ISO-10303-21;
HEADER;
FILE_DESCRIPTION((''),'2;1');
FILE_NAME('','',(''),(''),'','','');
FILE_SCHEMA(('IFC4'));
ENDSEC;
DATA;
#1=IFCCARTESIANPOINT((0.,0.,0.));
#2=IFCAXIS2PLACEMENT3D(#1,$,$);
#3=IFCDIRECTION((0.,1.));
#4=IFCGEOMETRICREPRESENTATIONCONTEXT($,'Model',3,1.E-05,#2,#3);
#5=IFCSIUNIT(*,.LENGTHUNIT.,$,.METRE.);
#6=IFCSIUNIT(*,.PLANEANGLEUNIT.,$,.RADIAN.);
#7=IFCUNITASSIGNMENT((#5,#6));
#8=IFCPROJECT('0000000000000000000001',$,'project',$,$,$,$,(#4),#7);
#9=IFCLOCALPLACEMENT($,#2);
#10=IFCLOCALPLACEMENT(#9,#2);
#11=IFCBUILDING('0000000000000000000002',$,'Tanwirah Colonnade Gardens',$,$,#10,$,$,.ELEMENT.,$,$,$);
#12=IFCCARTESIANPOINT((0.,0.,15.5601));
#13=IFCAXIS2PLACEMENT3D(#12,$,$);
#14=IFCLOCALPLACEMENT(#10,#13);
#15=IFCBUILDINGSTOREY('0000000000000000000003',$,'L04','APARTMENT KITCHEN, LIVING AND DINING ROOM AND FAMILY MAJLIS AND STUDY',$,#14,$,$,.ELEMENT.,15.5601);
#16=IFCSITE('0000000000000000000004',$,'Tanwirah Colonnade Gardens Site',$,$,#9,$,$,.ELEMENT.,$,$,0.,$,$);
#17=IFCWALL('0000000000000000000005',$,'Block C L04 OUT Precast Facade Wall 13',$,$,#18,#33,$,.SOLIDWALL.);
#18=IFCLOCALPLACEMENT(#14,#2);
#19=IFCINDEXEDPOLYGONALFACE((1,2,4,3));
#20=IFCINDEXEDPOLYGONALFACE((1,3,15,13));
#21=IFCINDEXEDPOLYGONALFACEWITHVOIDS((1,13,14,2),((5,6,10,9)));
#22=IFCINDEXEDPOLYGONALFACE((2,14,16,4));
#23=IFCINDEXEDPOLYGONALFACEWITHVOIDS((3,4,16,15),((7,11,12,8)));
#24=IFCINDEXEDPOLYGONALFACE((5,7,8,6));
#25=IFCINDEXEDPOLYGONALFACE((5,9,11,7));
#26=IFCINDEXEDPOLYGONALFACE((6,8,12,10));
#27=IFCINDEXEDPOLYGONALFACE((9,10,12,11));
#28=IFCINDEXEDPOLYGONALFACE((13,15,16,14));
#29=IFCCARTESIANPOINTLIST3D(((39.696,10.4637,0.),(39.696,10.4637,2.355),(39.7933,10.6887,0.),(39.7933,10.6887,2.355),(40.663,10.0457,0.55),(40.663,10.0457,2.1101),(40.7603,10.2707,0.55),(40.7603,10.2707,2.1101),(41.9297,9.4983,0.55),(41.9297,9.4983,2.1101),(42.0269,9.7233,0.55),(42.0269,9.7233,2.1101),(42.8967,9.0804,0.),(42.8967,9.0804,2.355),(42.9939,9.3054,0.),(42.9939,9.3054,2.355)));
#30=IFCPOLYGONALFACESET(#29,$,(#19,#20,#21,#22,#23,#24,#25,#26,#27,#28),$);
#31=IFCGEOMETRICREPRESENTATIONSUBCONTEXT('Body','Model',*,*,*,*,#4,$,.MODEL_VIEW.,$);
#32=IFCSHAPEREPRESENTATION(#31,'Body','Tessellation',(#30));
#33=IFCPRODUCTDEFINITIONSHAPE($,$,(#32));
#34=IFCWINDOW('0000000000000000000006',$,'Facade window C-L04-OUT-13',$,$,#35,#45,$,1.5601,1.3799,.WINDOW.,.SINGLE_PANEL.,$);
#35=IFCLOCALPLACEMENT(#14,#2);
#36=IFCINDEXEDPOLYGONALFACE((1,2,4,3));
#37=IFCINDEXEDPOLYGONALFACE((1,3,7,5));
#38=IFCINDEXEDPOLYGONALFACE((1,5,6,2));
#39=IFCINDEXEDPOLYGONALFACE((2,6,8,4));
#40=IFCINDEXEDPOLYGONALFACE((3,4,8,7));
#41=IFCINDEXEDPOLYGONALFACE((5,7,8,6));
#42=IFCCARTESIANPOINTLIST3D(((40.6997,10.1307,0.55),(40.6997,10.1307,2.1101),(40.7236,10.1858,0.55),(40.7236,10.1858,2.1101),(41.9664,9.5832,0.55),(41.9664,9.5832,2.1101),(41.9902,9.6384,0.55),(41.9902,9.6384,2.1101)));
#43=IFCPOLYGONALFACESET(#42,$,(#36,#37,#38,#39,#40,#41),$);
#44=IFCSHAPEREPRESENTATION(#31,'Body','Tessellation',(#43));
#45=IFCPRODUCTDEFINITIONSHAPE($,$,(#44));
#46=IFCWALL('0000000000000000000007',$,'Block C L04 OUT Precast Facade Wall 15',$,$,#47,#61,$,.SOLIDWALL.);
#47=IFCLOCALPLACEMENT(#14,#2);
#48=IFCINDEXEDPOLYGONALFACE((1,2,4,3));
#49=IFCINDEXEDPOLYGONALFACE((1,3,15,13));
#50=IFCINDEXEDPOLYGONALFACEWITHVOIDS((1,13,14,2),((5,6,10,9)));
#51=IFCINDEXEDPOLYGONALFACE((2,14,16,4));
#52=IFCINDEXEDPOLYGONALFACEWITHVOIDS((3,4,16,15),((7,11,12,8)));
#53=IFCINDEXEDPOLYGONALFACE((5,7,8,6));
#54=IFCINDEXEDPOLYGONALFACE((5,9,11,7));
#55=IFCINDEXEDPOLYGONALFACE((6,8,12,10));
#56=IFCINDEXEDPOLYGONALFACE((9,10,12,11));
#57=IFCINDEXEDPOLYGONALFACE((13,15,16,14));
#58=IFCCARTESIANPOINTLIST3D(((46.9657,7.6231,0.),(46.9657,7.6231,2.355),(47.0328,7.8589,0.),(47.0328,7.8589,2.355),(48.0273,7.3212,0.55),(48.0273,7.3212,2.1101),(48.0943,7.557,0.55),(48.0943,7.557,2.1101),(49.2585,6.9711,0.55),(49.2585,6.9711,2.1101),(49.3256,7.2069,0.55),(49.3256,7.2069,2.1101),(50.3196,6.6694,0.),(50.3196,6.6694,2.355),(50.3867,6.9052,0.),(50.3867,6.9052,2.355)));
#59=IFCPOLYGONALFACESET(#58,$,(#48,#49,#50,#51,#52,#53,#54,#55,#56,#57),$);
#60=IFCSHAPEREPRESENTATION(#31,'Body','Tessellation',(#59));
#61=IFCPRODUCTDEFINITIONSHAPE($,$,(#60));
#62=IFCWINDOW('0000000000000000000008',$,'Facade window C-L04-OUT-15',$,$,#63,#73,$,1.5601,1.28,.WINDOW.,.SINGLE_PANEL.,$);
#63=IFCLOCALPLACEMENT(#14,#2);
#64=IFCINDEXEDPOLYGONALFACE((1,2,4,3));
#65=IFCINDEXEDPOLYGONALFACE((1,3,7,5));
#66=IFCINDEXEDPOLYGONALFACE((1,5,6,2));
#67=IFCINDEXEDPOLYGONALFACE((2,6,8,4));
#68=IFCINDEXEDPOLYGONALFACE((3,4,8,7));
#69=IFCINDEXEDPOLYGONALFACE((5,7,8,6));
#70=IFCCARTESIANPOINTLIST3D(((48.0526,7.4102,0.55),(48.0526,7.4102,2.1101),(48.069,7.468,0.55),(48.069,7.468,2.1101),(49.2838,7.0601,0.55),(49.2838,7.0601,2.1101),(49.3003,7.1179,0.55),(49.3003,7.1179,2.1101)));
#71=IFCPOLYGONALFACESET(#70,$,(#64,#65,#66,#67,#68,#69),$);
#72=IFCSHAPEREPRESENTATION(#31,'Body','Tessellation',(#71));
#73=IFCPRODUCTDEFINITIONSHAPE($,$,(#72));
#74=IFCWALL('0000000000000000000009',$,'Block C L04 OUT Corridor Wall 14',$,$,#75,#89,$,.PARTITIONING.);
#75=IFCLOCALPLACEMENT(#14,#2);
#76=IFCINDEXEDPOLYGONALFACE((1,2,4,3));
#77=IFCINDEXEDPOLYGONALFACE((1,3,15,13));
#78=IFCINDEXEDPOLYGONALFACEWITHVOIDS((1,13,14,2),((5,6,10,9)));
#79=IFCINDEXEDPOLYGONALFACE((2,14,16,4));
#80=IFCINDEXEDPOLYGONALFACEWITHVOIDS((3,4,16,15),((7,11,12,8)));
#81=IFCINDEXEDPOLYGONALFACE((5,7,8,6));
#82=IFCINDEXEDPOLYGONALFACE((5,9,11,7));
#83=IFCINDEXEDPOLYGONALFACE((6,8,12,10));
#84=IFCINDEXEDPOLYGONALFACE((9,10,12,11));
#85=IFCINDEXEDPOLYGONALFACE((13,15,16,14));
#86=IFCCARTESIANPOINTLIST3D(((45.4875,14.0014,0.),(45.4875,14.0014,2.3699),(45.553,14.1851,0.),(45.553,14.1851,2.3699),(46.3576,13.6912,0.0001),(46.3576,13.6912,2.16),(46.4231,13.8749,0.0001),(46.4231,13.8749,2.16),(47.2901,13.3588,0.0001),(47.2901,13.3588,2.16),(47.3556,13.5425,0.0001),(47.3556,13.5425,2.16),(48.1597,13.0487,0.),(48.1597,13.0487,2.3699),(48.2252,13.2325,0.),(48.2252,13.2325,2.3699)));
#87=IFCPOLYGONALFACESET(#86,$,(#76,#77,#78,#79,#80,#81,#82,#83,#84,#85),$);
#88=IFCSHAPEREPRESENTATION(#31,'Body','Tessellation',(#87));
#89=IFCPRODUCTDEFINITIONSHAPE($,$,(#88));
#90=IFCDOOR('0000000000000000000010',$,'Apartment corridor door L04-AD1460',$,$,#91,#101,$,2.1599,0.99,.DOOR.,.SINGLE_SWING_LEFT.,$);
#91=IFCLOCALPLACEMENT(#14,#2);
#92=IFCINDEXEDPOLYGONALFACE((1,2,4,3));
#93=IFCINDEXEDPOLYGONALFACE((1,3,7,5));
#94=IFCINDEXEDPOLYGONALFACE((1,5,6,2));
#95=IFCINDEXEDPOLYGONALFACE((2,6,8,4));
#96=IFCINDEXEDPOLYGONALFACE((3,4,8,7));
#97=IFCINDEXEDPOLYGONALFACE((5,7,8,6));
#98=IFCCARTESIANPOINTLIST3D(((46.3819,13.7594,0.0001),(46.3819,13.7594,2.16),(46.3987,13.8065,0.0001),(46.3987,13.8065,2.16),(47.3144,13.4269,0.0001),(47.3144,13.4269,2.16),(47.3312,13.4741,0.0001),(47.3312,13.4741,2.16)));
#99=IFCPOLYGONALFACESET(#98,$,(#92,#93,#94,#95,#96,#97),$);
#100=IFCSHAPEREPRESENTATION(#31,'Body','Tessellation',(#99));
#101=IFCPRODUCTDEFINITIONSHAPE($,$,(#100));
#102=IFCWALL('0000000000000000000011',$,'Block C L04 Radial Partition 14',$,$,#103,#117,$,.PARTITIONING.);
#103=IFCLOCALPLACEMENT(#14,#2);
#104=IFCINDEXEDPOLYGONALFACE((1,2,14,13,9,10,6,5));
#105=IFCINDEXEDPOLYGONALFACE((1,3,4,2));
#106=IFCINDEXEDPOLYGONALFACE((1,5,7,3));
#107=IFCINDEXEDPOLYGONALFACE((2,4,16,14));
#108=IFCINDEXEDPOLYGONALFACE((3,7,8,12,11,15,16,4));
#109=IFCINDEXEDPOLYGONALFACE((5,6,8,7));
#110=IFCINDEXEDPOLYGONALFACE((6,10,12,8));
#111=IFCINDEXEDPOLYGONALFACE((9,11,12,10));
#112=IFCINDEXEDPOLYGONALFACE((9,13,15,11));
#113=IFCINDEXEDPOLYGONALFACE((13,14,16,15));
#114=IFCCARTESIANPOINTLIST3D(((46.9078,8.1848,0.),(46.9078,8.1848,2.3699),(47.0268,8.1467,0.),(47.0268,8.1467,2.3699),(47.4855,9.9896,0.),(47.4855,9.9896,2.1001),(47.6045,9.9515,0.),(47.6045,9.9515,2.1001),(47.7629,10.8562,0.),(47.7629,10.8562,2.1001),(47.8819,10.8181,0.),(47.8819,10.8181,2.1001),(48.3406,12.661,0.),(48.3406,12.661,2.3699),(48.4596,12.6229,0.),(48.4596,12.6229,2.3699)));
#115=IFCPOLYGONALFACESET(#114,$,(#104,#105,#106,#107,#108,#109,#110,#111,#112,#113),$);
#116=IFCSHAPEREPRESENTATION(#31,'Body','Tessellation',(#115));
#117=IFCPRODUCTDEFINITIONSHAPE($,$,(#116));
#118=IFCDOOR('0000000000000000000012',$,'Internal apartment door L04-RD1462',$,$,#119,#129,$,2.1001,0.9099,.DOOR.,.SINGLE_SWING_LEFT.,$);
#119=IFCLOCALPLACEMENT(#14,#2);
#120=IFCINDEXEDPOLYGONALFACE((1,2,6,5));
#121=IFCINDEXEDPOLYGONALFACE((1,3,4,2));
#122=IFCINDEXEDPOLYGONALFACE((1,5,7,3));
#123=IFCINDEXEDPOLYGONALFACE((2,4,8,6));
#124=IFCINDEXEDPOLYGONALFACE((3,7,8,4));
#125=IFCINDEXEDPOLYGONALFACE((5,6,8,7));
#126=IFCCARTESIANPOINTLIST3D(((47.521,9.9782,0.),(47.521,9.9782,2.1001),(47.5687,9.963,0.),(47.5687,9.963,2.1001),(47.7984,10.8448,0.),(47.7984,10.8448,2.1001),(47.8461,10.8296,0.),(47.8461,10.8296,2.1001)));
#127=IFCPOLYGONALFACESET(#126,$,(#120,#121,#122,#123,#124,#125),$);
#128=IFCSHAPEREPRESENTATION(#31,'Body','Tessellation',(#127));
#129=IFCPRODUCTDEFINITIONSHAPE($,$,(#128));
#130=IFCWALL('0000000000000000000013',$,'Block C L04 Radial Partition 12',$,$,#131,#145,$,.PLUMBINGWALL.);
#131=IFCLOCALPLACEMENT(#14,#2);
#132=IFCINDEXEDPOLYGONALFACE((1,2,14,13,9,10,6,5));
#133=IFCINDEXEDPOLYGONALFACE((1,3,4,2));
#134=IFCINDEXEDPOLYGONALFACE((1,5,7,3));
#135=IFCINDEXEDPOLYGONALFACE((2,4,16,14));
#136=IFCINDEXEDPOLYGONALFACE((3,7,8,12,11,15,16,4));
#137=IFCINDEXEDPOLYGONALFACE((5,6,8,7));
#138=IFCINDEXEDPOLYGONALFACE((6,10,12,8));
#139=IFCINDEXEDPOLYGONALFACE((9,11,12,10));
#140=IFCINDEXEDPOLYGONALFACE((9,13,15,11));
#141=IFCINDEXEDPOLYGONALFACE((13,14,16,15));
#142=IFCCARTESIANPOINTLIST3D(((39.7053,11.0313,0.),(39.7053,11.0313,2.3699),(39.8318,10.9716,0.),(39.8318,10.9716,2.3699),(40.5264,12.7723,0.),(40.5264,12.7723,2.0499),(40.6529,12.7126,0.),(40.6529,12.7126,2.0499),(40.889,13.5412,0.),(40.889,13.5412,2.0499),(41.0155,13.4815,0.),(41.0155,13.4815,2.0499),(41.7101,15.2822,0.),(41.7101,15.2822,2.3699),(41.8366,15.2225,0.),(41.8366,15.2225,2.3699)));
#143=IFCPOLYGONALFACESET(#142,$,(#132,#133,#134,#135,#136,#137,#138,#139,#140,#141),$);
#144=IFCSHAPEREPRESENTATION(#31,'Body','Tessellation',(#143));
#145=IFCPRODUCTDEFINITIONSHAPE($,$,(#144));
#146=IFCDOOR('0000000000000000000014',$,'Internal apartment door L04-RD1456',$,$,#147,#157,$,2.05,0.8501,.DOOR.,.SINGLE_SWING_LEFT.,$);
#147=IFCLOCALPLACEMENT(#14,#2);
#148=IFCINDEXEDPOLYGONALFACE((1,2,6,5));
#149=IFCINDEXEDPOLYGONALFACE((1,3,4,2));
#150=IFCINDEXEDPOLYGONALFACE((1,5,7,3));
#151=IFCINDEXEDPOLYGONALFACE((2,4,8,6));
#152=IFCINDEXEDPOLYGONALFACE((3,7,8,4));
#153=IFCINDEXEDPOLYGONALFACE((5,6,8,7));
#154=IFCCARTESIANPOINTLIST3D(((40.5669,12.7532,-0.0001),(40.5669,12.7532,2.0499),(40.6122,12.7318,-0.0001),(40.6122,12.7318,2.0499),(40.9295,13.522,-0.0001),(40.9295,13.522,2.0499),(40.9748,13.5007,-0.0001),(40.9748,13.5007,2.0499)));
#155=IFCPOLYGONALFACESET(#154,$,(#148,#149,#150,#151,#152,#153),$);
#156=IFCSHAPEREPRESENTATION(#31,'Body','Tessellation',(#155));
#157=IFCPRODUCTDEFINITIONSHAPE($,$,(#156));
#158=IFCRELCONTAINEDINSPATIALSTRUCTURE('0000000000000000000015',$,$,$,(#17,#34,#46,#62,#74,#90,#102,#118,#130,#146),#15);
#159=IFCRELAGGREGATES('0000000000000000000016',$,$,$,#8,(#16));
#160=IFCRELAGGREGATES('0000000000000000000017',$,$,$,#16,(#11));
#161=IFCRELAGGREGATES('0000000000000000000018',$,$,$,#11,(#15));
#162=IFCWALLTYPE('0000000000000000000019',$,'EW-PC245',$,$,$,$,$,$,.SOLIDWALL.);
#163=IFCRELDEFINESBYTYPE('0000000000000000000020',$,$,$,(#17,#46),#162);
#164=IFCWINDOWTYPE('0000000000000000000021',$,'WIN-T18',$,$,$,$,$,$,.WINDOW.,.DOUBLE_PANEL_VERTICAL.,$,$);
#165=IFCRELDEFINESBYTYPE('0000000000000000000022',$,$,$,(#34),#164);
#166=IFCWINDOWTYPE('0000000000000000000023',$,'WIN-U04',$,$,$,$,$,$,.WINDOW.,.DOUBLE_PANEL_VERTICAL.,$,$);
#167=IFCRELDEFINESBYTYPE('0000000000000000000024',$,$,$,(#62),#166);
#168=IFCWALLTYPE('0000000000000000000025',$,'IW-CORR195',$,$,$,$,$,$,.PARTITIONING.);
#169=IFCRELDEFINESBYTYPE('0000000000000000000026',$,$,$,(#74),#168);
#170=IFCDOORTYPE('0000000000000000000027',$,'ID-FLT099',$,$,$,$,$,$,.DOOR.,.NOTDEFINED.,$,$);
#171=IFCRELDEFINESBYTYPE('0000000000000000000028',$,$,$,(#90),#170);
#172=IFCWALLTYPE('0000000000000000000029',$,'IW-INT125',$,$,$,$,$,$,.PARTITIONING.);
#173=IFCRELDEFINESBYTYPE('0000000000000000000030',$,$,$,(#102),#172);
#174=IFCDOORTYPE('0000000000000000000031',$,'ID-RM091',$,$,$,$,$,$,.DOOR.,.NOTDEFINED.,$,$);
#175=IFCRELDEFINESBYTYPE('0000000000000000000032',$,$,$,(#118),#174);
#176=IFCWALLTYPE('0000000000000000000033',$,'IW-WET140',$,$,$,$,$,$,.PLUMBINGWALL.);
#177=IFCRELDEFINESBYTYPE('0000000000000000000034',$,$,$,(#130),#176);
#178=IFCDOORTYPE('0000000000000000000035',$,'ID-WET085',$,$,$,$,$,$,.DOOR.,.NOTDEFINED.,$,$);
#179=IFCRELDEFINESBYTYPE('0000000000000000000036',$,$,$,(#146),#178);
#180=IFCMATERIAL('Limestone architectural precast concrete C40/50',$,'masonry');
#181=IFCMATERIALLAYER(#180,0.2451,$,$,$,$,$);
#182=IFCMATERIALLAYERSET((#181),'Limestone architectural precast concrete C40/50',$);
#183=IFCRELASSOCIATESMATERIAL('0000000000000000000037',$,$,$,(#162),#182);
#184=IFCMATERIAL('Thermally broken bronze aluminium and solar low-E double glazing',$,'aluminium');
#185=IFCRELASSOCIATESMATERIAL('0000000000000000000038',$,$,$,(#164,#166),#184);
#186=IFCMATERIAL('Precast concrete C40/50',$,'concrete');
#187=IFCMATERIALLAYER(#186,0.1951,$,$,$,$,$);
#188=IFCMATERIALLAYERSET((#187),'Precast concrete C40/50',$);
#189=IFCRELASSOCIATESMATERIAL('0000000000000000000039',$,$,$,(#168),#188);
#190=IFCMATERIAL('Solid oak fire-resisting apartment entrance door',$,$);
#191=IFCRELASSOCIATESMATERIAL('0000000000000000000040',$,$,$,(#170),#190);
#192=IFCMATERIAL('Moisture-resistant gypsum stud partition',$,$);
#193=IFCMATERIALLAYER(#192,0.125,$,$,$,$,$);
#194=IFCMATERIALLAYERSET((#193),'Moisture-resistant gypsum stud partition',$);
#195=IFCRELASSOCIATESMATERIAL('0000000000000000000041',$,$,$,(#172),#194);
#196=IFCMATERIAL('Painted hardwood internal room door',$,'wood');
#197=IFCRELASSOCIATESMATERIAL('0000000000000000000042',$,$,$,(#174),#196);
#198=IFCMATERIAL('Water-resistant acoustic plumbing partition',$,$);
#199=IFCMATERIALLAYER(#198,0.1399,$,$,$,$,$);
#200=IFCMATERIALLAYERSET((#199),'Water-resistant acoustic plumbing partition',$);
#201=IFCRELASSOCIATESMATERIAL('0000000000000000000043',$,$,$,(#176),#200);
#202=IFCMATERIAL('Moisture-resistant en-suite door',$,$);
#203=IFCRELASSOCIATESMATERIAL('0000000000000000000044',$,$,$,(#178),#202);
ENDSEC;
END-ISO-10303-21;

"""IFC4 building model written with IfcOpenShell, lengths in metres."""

from ifc_helpers import new_model, si_unit, direction, frame, frame_2d, origin, place, context, subcontext, project, spatial, rectangle, extrude, material, layer, layer_set, type_object, element, fill, save


model = new_model("IFC4")

# Units and contexts
model_context = context("Model", 3, precision=1e-05, world=origin(), true_north=direction((0.0, 1.0)))
body_context = subcontext(model_context, "Body", "Model", "MODEL_VIEW")
ifc_project = project(units=[si_unit("LENGTHUNIT", "METRE"), si_unit("PLANEANGLEUNIT", "RADIAN")], contexts=[model_context])

# Site, building, storey
site_placement = place(None, origin())
site = spatial("IfcSite", under=ifc_project, at=site_placement, Name="Tanwirah Colonnade Gardens Site", CompositionType="ELEMENT", RefElevation=0.0)
building_placement = place(site_placement, origin())
building = spatial("IfcBuilding", under=site, at=building_placement, Name="Tanwirah Colonnade Gardens", CompositionType="ELEMENT")
storey_placement = place(building_placement, frame((0.0, 0.0, 15.5601)))
storey = spatial("IfcBuildingStorey", under=building, at=storey_placement, Name="L04", Description="APARTMENT KITCHEN, LIVING AND DINING ROOM AND FAMILY MAJLIS AND STUDY", CompositionType="ELEMENT", Elevation=15.5601)

# Shared definitions
ifc_material_1 = material(Name="Precast concrete C40/50", Category="concrete")

# Wall, opening, window
ifc_material_2 = material(Name="Limestone architectural precast concrete C40/50", Category="masonry")
ifc_layer_1 = layer(ifc_material_2, 0.2451)
ifc_layer_set_1 = layer_set([ifc_layer_1], Name="Limestone architectural precast concrete C40/50")
wall_type_1 = type_object("IfcWallType", Name="EW-PC245", PredefinedType="SOLIDWALL", material=ifc_layer_set_1)
wall_1_placement = place(storey_placement, frame((39.7446, 10.5762, 0.0), z_axis=(0.0, 0.0, 1.0), x_axis=(0.917938, -0.396723, 0.0)))
wall_1 = element("IfcWall", 1, at=wall_1_placement, inside=storey, type_object=wall_type_1, Name="Block C L04 OUT Precast Facade Wall 13", PredefinedType="SOLIDWALL", context=body_context, shape_type="SweptSolid", body=[
    extrude(rectangle(XDim=3.4868, YDim=0.2451, at=frame_2d((1.7434, 0.0))), origin(), (0.0, 0.0, 1.0), 2.355),
])
opening_1_placement = place(wall_1_placement, frame((1.0535, 0.0, 0.55)))
opening_1 = element("IfcOpeningElement", 2, at=opening_1_placement, cuts=wall_1, PredefinedType="OPENING", context=body_context, shape_type="SweptSolid", body=[
    extrude(rectangle(XDim=1.3799, YDim=1.5601, at=frame_2d((0.6899, 0.78))), frame((0.0, 0.1326, 0.0), z_axis=(0.0, -1.0, 0.0), x_axis=(1.0, 0.0, 0.0)), (0.0, 0.0, 1.0), 0.2651),
])
ifc_material_3 = material(Name="Thermally broken bronze aluminium and solar low-E double glazing", Category="aluminium")
window_type_1 = type_object("IfcWindowType", Name="WIN-T18", PartitioningType="DOUBLE_PANEL_VERTICAL", PredefinedType="WINDOW", material=ifc_material_3)
window_1_placement = place(opening_1_placement, origin())
window_1 = element("IfcWindow", 3, at=window_1_placement, inside=storey, type_object=window_type_1, Name="Facade window C-L04-OUT-13", OverallHeight=1.5601, OverallWidth=1.3799, PartitioningType="SINGLE_PANEL", PredefinedType="WINDOW", context=body_context, shape_type="SweptSolid", body=[
    extrude(rectangle(XDim=1.3799, YDim=1.5601, at=frame_2d((0.6899, 0.78))), frame((0.0, 0.03, 0.0), z_axis=(0.0, -1.0, 0.0), x_axis=(1.0, 0.0, 0.0)), (0.0, 0.0, 1.0), 0.0601),
])
fill(opening_1, window_1)

# Wall, opening, window
wall_2_placement = place(storey_placement, frame((46.9993, 7.741, 0.0), z_axis=(0.0, 0.0, 1.0), x_axis=(0.961872, -0.2735, 0.0)))
wall_2 = element("IfcWall", 4, at=wall_2_placement, inside=storey, type_object=wall_type_1, Name="Block C L04 OUT Precast Facade Wall 15", PredefinedType="SOLIDWALL", context=body_context, shape_type="SweptSolid", body=[
    extrude(rectangle(XDim=3.4868, YDim=0.2451, at=frame_2d((1.7434, 0.0))), origin(), (0.0, 0.0, 1.0), 2.355),
])
opening_2_placement = place(wall_2_placement, frame((1.1035, 0.0, 0.55)))
opening_2 = element("IfcOpeningElement", 5, at=opening_2_placement, cuts=wall_2, PredefinedType="OPENING", context=body_context, shape_type="SweptSolid", body=[
    extrude(rectangle(XDim=1.28, YDim=1.5601, at=frame_2d((0.6401, 0.78))), frame((0.0, 0.1326, 0.0), z_axis=(0.0, -1.0, 0.0), x_axis=(1.0, 0.0, 0.0)), (0.0, 0.0, 1.0), 0.2651),
])
window_type_2 = type_object("IfcWindowType", Name="WIN-U04", PartitioningType="DOUBLE_PANEL_VERTICAL", PredefinedType="WINDOW", material=ifc_material_3)
window_2_placement = place(opening_2_placement, origin())
window_2 = element("IfcWindow", 6, at=window_2_placement, inside=storey, type_object=window_type_2, Name="Facade window C-L04-OUT-15", OverallHeight=1.5601, OverallWidth=1.28, PartitioningType="SINGLE_PANEL", PredefinedType="WINDOW", context=body_context, shape_type="SweptSolid", body=[
    extrude(rectangle(XDim=1.28, YDim=1.5601, at=frame_2d((0.6401, 0.78))), frame((0.0, 0.03, 0.0), z_axis=(0.0, -1.0, 0.0), x_axis=(1.0, 0.0, 0.0)), (0.0, 0.0, 1.0), 0.0601),
])
fill(opening_2, window_2)

# Walls, openings, doors
ifc_layer_2 = layer(ifc_material_1, 0.1951)
ifc_layer_set_2 = layer_set([ifc_layer_2], Name="Precast concrete C40/50")
wall_type_2 = type_object("IfcWallType", Name="IW-CORR195", PredefinedType="PARTITIONING", material=ifc_layer_set_2)
ifc_material_4 = material(Name="Solid oak fire-resisting apartment entrance door")
wall_3_placement = place(storey_placement, frame((45.5203, 14.0933, 0.0), z_axis=(0.0, 0.0, 1.0), x_axis=(0.941931, -0.335808, 0.0)))
wall_3 = element("IfcWall", 7, at=wall_3_placement, inside=storey, type_object=wall_type_2, Name="Block C L04 OUT Corridor Wall 14", PredefinedType="PARTITIONING", context=body_context, shape_type="SweptSolid", body=[
    extrude(rectangle(XDim=2.8369, YDim=0.1951, at=frame_2d((1.4185, 0.0))), origin(), (0.0, 0.0, 1.0), 2.3699),
])
opening_3_placement = place(wall_3_placement, frame((0.9236, 0.0, 0.0)))
opening_3 = element("IfcOpeningElement", 8, at=opening_3_placement, cuts=wall_3, PredefinedType="OPENING", context=body_context, shape_type="SweptSolid", body=[
    extrude(rectangle(XDim=0.99, YDim=2.1599, at=frame_2d((0.4951, 1.0801))), frame((0.0, 0.1074, 0.0), z_axis=(0.0, -1.0, 0.0), x_axis=(1.0, 0.0, 0.0)), (0.0, 0.0, 1.0), 0.2151),
])
door_type_1 = type_object("IfcDoorType", Name="ID-FLT099", OperationType="NOTDEFINED", PredefinedType="DOOR", material=ifc_material_4)
door_1_placement = place(opening_3_placement, origin())
door_1 = element("IfcDoor", 9, at=door_1_placement, inside=storey, type_object=door_type_1, Name="Apartment corridor door L04-AD1460", OperationType="SINGLE_SWING_LEFT", OverallHeight=2.1599, OverallWidth=0.99, PredefinedType="DOOR", context=body_context, shape_type="SweptSolid", body=[
    extrude(rectangle(XDim=0.99, YDim=2.1599, at=frame_2d((0.4951, 1.0801))), frame((0.0, 0.0249, 0.0), z_axis=(0.0, -1.0, 0.0), x_axis=(1.0, 0.0, 0.0)), (0.0, 0.0, 1.0), 0.05),
])
fill(opening_3, door_1)
ifc_material_5 = material(Name="Moisture-resistant gypsum stud partition")
ifc_layer_3 = layer(ifc_material_5, 0.125)
ifc_layer_set_3 = layer_set([ifc_layer_3], Name="Moisture-resistant gypsum stud partition")
wall_type_3 = type_object("IfcWallType", Name="IW-INT125", PredefinedType="PARTITIONING", material=ifc_layer_set_3)
wall_4_placement = place(storey_placement, frame((48.4001, 12.6421, 0.0), z_axis=(0.0, 0.0, 1.0), x_axis=(-0.304861, -0.952397, 0.0)))
wall_4 = element("IfcWall", 10, at=wall_4_placement, inside=storey, type_object=wall_type_3, Name="Block C L04 Radial Partition 14", PredefinedType="PARTITIONING", context=body_context, shape_type="SweptSolid", body=[
    extrude(rectangle(XDim=4.7, YDim=0.125, at=frame_2d((2.3501, 0.0))), origin(), (0.0, 0.0, 1.0), 2.3699),
])
opening_4_placement = place(wall_4_placement, frame((1.895, 0.0, 0.0)))
opening_4 = element("IfcOpeningElement", 11, at=opening_4_placement, cuts=wall_4, PredefinedType="OPENING", context=body_context, shape_type="SweptSolid", body=[
    extrude(rectangle(XDim=0.9099, YDim=2.1001, at=frame_2d((0.4551, 1.05))), frame((0.0, 0.0725, 0.0), z_axis=(0.0, -1.0, 0.0), x_axis=(1.0, 0.0, 0.0)), (0.0, 0.0, 1.0), 0.145),
])
ifc_material_6 = material(Name="Painted hardwood internal room door", Category="wood")
door_type_2 = type_object("IfcDoorType", Name="ID-RM091", OperationType="NOTDEFINED", PredefinedType="DOOR", material=ifc_material_6)
door_2_placement = place(opening_4_placement, origin())
door_2 = element("IfcDoor", 12, at=door_2_placement, inside=storey, type_object=door_type_2, Name="Internal apartment door L04-RD1462", OperationType="SINGLE_SWING_LEFT", OverallHeight=2.1001, OverallWidth=0.9099, PredefinedType="DOOR", context=body_context, shape_type="SweptSolid", body=[
    extrude(rectangle(XDim=0.9099, YDim=2.1001, at=frame_2d((0.4551, 1.05))), frame((0.0, 0.0249, 0.0), z_axis=(0.0, -1.0, 0.0), x_axis=(1.0, 0.0, 0.0)), (0.0, 0.0, 1.0), 0.05),
])
fill(opening_4, door_2)
ifc_material_7 = material(Name="Water-resistant acoustic plumbing partition")
ifc_layer_4 = layer(ifc_material_7, 0.1399)
ifc_layer_set_4 = layer_set([ifc_layer_4], Name="Water-resistant acoustic plumbing partition")
wall_type_4 = type_object("IfcWallType", Name="IW-WET140", PredefinedType="PLUMBINGWALL", material=ifc_layer_set_4)
wall_5_placement = place(storey_placement, frame((41.7734, 15.2524, 0.0), z_axis=(0.0, 0.0, 1.0), x_axis=(-0.426567, -0.904456, 0.0)))
wall_5 = element("IfcWall", 13, at=wall_5_placement, inside=storey, type_object=wall_type_4, Name="Block C L04 Radial Partition 12", PredefinedType="PLUMBINGWALL", context=body_context, shape_type="SweptSolid", body=[
    extrude(rectangle(XDim=4.7, YDim=0.1399, at=frame_2d((2.3501, 0.0))), origin(), (0.0, 0.0, 1.0), 2.3699),
])
opening_5_placement = place(wall_5_placement, frame((1.925, 0.0, 0.0)))
opening_5 = element("IfcOpeningElement", 14, at=opening_5_placement, cuts=wall_5, PredefinedType="OPENING", context=body_context, shape_type="SweptSolid", body=[
    extrude(rectangle(XDim=0.8501, YDim=2.05, at=frame_2d((0.425, 1.0249))), frame((0.0, 0.0798, 0.0), z_axis=(0.0, -1.0, 0.0), x_axis=(1.0, 0.0, 0.0)), (0.0, 0.0, 1.0), 0.1599),
])
ifc_material_8 = material(Name="Moisture-resistant en-suite door")
door_type_3 = type_object("IfcDoorType", Name="ID-WET085", OperationType="NOTDEFINED", PredefinedType="DOOR", material=ifc_material_8)
door_3_placement = place(opening_5_placement, origin())
door_3 = element("IfcDoor", 15, at=door_3_placement, inside=storey, type_object=door_type_3, Name="Internal apartment door L04-RD1456", OperationType="SINGLE_SWING_LEFT", OverallHeight=2.05, OverallWidth=0.8501, PredefinedType="DOOR", context=body_context, shape_type="SweptSolid", body=[
    extrude(rectangle(XDim=0.8501, YDim=2.05, at=frame_2d((0.425, 1.0249))), frame((0.0, 0.0249, 0.0), z_axis=(0.0, -1.0, 0.0), x_axis=(1.0, 0.0, 0.0)), (0.0, 0.0, 1.0), 0.05),
])
fill(opening_5, door_3)

save(model, "model.ifc")
